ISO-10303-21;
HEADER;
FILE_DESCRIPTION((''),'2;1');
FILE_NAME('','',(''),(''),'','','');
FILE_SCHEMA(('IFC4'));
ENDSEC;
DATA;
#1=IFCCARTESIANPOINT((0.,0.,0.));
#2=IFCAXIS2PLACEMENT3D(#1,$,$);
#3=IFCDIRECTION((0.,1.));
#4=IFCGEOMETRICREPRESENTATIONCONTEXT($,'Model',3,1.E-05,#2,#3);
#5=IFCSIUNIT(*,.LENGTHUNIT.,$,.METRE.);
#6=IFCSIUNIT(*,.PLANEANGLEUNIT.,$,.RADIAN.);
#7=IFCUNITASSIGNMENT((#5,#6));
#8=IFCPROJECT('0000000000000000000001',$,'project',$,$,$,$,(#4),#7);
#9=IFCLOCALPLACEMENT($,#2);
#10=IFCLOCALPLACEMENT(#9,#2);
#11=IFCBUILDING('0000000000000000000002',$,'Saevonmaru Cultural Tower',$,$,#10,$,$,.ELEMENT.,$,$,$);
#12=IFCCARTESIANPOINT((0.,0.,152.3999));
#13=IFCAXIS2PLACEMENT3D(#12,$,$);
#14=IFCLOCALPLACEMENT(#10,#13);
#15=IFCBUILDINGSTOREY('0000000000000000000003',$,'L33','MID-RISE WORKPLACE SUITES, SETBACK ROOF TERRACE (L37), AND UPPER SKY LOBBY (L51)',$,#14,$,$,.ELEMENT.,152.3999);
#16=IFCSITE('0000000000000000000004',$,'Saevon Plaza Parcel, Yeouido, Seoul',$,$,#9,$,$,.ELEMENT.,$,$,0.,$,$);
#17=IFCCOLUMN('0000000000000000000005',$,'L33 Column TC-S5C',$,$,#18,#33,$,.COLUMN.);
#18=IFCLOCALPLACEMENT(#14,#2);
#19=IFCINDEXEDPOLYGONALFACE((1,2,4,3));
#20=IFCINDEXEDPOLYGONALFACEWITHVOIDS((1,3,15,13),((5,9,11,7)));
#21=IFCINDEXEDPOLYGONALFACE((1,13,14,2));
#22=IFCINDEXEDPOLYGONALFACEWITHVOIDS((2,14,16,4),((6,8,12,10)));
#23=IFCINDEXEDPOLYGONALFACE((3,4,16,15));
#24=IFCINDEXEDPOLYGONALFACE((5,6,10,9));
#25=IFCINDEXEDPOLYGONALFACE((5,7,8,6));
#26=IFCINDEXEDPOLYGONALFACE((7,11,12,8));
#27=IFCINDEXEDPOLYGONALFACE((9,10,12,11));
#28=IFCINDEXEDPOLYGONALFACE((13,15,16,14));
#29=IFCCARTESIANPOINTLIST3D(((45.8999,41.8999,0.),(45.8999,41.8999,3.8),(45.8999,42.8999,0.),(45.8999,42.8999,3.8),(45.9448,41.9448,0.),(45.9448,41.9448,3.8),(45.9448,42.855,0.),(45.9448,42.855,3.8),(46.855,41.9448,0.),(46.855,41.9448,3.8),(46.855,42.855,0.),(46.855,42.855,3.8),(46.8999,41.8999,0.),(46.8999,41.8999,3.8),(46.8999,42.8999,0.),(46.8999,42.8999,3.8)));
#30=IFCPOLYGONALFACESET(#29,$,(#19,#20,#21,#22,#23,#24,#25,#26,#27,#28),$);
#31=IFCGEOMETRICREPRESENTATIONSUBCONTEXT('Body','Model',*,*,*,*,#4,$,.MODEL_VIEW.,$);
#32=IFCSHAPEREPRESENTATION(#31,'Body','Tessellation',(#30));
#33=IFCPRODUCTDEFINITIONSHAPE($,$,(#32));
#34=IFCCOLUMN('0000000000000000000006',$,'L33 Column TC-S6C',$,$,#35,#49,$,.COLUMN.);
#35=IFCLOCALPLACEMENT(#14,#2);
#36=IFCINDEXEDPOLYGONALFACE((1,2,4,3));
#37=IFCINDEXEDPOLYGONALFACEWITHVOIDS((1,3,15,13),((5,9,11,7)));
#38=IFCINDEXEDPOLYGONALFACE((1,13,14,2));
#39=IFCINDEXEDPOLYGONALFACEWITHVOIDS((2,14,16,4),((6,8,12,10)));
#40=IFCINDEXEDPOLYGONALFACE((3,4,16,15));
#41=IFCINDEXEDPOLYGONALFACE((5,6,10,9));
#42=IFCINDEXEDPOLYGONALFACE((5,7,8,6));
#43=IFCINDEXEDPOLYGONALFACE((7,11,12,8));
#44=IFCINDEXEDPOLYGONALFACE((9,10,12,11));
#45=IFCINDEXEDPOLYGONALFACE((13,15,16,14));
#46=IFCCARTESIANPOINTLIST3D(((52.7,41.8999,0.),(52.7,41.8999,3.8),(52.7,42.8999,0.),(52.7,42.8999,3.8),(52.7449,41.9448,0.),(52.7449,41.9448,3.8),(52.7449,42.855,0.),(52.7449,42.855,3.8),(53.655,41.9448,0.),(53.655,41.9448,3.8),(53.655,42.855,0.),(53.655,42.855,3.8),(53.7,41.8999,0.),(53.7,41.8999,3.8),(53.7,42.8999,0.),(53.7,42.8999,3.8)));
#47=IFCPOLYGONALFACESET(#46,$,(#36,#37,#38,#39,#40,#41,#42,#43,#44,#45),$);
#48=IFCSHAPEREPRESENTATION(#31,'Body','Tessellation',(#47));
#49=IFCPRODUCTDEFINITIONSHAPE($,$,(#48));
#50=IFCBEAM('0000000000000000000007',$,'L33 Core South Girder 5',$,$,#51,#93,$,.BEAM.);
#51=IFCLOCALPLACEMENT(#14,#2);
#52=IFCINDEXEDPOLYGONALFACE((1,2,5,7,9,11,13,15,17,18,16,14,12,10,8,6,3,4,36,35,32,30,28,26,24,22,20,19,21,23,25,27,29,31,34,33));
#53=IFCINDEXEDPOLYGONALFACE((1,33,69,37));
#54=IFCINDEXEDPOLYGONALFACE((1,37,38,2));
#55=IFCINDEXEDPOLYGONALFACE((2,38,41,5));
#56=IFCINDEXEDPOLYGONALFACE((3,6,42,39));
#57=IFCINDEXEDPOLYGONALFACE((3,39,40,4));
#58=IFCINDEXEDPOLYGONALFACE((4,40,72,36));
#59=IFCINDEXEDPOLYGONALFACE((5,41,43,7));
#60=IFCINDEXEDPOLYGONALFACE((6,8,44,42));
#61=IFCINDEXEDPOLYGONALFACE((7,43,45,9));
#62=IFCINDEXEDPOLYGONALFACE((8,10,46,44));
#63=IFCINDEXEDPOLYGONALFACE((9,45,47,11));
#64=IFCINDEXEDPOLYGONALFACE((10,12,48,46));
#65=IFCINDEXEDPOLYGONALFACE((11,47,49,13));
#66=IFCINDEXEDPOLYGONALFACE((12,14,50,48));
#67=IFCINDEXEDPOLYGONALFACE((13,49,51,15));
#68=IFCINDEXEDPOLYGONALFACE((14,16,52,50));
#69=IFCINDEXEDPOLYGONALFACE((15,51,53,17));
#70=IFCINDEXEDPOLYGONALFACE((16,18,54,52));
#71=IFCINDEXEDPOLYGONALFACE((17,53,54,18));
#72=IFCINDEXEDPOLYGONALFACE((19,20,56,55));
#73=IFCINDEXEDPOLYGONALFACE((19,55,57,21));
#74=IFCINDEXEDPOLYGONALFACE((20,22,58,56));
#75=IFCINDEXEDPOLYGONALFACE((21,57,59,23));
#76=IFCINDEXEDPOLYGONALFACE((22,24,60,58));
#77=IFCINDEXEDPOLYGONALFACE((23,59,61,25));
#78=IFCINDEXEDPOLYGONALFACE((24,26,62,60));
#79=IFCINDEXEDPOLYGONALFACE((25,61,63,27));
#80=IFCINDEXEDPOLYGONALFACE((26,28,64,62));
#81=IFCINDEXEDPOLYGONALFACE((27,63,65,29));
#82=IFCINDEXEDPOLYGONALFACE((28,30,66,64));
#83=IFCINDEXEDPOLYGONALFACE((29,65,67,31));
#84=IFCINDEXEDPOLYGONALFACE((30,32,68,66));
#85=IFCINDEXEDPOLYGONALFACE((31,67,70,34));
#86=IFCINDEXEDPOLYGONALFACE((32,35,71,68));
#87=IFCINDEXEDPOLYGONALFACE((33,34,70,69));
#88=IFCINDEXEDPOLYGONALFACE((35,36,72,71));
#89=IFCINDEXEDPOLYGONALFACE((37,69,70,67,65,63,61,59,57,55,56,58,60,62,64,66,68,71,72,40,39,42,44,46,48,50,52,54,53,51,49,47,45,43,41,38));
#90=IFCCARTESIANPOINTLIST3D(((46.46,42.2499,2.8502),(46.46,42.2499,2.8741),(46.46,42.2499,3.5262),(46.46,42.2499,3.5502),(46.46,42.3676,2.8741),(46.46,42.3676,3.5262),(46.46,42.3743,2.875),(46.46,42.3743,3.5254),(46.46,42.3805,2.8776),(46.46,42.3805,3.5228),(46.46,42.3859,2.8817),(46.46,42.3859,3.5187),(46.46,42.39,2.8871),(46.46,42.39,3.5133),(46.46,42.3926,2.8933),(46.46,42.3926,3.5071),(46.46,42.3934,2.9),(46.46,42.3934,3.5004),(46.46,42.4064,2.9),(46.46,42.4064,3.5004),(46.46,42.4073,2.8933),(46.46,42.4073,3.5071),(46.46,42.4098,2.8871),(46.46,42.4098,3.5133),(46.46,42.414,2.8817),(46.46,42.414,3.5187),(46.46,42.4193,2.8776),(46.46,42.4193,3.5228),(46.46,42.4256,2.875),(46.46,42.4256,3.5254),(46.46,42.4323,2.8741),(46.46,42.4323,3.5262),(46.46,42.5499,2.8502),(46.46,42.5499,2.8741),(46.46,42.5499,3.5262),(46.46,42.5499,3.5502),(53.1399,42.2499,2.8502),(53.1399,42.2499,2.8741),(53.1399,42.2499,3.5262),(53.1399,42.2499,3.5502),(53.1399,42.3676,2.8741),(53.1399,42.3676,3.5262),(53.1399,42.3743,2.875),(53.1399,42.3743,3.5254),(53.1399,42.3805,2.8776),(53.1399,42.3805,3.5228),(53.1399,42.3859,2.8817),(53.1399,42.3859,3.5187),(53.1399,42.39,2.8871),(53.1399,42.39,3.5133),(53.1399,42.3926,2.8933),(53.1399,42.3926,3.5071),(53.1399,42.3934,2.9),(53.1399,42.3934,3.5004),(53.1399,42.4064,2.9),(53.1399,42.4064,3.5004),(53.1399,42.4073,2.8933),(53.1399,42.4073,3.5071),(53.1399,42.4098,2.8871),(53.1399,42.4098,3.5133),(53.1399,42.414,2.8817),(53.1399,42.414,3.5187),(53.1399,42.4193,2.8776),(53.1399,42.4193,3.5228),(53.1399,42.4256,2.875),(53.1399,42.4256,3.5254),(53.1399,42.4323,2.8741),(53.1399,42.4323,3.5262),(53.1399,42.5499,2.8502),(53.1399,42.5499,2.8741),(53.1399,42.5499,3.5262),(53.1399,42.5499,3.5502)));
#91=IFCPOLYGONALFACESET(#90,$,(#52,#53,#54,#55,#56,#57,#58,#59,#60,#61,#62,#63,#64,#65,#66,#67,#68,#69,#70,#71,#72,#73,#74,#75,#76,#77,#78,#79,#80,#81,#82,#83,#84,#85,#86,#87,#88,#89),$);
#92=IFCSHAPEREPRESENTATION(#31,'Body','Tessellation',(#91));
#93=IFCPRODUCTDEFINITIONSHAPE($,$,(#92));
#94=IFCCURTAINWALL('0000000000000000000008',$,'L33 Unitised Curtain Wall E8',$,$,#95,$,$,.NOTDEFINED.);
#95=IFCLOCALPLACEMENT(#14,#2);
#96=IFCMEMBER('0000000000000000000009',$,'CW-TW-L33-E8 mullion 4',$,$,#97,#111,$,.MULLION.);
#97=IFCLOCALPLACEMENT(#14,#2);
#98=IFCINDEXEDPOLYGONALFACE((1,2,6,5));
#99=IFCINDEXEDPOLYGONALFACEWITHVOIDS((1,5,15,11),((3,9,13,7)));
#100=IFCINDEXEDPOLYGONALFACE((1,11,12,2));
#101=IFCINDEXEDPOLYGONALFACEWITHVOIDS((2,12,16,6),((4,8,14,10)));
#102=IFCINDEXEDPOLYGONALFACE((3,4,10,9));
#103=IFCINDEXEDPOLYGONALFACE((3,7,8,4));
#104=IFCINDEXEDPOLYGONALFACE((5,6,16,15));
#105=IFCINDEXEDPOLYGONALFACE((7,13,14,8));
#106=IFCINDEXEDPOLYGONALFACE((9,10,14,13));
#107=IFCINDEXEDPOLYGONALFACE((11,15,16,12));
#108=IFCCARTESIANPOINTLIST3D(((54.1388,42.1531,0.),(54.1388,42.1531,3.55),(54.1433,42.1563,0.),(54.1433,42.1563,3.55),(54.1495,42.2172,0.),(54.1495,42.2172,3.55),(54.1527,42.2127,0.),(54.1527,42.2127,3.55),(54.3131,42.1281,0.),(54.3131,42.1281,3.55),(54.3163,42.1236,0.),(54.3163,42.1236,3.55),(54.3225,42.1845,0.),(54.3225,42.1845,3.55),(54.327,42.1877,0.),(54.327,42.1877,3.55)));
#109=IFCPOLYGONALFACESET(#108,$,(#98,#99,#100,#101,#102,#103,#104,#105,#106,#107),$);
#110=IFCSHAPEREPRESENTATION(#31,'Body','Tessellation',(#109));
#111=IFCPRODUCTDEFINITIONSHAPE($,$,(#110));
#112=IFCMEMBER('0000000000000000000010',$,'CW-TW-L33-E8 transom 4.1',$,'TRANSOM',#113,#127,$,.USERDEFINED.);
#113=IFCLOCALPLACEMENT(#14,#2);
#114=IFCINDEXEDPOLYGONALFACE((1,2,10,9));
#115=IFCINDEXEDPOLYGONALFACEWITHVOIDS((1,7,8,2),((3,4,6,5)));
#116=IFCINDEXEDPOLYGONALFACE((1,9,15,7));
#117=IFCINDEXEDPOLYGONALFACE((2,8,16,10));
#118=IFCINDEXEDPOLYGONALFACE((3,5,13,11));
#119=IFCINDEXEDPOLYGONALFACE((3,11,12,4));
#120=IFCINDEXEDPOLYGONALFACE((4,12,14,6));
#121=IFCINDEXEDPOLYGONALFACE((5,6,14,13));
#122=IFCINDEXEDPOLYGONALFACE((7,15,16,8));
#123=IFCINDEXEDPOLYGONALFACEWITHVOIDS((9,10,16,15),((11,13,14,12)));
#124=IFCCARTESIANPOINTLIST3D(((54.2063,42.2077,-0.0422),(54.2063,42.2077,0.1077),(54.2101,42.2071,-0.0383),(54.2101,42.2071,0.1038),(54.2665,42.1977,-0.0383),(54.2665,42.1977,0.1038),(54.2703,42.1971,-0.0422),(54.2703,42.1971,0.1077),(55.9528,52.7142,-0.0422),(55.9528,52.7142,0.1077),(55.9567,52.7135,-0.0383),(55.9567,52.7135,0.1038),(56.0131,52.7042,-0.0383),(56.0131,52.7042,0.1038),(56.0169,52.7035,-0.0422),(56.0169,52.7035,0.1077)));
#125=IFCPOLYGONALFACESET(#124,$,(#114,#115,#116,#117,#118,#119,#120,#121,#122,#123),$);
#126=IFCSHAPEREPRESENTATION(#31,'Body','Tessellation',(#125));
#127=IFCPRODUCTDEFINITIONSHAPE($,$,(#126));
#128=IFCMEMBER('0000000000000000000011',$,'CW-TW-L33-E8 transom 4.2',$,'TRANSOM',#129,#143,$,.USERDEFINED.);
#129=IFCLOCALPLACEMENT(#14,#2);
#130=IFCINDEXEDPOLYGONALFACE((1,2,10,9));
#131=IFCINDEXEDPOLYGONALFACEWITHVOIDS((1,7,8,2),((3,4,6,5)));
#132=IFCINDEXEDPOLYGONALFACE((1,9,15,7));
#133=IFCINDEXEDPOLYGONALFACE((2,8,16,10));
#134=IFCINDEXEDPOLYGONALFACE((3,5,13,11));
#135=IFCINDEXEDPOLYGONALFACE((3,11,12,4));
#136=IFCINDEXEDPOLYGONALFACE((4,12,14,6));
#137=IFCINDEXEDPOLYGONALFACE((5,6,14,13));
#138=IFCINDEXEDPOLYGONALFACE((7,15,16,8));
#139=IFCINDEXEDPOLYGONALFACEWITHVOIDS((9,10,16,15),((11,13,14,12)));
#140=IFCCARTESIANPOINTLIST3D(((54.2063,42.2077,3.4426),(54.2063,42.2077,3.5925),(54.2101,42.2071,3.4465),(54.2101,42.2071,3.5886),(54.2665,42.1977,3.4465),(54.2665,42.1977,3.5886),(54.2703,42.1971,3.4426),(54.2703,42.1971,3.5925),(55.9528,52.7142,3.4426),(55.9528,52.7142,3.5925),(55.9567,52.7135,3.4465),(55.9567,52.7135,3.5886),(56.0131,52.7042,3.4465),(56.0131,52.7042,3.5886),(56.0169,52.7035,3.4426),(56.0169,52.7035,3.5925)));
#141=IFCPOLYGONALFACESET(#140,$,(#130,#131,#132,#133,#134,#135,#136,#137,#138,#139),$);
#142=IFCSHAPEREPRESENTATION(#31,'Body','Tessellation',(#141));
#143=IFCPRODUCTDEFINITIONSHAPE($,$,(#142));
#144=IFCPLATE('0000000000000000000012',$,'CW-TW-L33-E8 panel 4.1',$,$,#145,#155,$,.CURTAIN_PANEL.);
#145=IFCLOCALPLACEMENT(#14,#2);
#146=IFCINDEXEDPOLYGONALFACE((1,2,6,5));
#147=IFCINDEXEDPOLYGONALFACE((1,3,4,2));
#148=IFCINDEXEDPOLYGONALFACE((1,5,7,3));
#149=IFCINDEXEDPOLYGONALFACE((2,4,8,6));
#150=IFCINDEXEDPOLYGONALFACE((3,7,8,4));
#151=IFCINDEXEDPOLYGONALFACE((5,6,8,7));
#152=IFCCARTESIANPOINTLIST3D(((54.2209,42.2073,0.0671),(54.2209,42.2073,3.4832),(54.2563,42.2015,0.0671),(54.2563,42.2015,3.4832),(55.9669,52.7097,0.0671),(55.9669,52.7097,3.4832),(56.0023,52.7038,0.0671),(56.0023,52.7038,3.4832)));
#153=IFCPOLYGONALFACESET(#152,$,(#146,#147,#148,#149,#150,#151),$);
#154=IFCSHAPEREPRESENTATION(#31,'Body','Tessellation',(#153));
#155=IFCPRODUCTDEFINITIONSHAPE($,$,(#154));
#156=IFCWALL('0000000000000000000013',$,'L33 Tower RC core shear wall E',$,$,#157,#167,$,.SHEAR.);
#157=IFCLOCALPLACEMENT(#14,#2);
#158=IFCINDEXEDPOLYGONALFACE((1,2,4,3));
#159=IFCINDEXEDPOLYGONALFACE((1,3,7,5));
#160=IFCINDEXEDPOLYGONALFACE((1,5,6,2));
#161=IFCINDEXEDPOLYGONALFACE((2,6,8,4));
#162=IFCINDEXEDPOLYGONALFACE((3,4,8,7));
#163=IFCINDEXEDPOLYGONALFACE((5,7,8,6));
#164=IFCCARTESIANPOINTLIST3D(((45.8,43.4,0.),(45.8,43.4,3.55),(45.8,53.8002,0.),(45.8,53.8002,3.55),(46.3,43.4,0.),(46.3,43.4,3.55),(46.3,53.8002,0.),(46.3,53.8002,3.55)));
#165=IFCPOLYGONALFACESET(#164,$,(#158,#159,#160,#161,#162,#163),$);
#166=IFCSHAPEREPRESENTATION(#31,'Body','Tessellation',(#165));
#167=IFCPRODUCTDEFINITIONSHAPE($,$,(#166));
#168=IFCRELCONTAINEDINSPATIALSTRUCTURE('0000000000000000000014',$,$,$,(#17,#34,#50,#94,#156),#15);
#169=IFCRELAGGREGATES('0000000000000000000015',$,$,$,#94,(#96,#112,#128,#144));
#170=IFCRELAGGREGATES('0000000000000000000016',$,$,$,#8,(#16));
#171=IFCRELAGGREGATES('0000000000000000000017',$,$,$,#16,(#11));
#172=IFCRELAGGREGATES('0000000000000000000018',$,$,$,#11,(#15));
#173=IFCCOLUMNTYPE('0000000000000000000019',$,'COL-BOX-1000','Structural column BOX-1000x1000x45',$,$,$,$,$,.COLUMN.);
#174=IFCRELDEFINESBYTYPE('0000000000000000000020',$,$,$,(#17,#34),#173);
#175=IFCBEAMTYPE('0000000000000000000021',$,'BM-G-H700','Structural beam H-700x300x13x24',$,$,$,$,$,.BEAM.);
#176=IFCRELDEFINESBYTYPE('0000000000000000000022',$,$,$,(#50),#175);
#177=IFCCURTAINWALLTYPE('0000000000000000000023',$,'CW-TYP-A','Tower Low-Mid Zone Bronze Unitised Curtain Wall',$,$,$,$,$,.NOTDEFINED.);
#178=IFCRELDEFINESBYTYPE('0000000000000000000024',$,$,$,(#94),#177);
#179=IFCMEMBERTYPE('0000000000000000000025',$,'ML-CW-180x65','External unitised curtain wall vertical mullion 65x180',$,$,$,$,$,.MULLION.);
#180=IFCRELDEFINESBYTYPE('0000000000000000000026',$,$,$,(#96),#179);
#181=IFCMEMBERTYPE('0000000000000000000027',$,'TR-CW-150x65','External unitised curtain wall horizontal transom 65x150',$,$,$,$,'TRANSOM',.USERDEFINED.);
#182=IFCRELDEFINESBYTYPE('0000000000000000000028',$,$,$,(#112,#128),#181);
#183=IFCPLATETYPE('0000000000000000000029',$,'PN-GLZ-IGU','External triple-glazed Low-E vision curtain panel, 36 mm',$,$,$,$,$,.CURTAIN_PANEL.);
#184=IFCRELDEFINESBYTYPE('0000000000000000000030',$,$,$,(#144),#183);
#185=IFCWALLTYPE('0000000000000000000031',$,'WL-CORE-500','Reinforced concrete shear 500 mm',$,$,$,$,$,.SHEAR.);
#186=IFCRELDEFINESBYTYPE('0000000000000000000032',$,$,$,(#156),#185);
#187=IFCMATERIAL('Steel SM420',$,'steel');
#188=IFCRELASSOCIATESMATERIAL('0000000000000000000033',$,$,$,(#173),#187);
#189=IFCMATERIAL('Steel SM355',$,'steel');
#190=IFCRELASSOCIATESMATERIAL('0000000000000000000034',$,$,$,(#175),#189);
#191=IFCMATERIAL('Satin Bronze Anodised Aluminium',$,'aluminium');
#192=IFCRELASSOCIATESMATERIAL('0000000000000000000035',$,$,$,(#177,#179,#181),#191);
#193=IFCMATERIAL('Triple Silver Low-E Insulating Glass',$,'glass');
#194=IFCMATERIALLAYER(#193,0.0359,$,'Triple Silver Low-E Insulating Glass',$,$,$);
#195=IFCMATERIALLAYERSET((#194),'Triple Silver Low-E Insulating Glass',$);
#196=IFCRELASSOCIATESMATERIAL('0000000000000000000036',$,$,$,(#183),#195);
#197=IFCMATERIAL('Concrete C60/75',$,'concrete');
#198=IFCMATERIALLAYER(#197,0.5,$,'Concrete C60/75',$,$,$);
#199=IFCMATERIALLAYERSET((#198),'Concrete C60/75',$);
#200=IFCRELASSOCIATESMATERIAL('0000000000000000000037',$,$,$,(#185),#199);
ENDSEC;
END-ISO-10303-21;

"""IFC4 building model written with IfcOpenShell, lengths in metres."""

from ifc_helpers import new_model, si_unit, direction, frame, frame_2d, origin, origin_2d, place, context, subcontext, project, spatial, rectangle, hollow_rectangle, i_section, extrude, material, layer, layer_set, material_profile, profile_set, type_object, element, aggregate, save


model = new_model("IFC4")

# Units and contexts
model_context = context("Model", 3, precision=1e-05, world=origin(), true_north=direction((0.0, 1.0)))
body_context = subcontext(model_context, "Body", "Model", "MODEL_VIEW")
ifc_project = project(units=[si_unit("LENGTHUNIT", "METRE"), si_unit("PLANEANGLEUNIT", "RADIAN")], contexts=[model_context])

# Site, building, storey
site_placement = place(None, origin())
site = spatial("IfcSite", under=ifc_project, at=site_placement, Name="Saevon Plaza Parcel, Yeouido, Seoul", CompositionType="ELEMENT", RefElevation=0.0)
building_placement = place(site_placement, origin())
building = spatial("IfcBuilding", under=site, at=building_placement, Name="Saevonmaru Cultural Tower", CompositionType="ELEMENT")
storey_placement = place(building_placement, frame((0.0, 0.0, 152.3999)))
storey = spatial("IfcBuildingStorey", under=building, at=storey_placement, Name="L33", Description="MID-RISE WORKPLACE SUITES, SETBACK ROOF TERRACE (L37), AND UPPER SKY LOBBY (L51)", CompositionType="ELEMENT", Elevation=152.3999)

# Columns
ifc_material_1 = material(Name="Steel SM420", Category="steel")
ifc_material_profile_1 = material_profile(ifc_material_1, hollow_rectangle(XDim=1.0, YDim=1.0, WallThickness=0.0449, at=origin_2d()), Name="BOX-1000x1000x45")
ifc_profile_set_1 = profile_set([ifc_material_profile_1], Name="Steel SM420")
column_type = type_object("IfcColumnType", Name="COL-BOX-1000", Description="Structural column BOX-1000x1000x45", PredefinedType="COLUMN", material=ifc_profile_set_1)
for number, where, z_axis, x_axis, name in (
    (1, (46.3999, 42.3999, 0.0), (0.0, 0.0, 1.0), (1.0, 0.0, 0.0), "L33 Column TC-S5C"),
    (2, (53.2, 42.3999, 0.0), (0.0, 0.0, 1.0), (1.0, 0.0, 0.0), "L33 Column TC-S6C"),
):
    element("IfcColumn", number, at=place(storey_placement, frame(where, z_axis=z_axis, x_axis=x_axis)), inside=storey, type_object=column_type, Name=name, PredefinedType="COLUMN", context=body_context, shape_type="SweptSolid", body=[
        extrude(hollow_rectangle(XDim=1.0, YDim=1.0, WallThickness=0.0449, at=origin_2d()), origin(), (0.0, 0.0, 1.0), 3.8),
    ])

# Beam
ifc_material_2 = material(Name="Steel SM355", Category="steel")
ifc_material_profile_2 = material_profile(ifc_material_2, i_section(OverallWidth=0.3, OverallDepth=0.7, WebThickness=0.0129, FlangeThickness=0.0239, FilletRadius=0.0259, at=origin_2d()), Name="H-700x300x13x24")
ifc_profile_set_2 = profile_set([ifc_material_profile_2], Name="Steel SM355")
beam_type = type_object("IfcBeamType", Name="BM-G-H700", Description="Structural beam H-700x300x13x24", PredefinedType="BEAM", material=ifc_profile_set_2)
beam_placement = place(storey_placement, frame((46.46, 42.3999, 3.2002), z_axis=(1.0, 0.0, 0.0), x_axis=(0.0, 1.0, 0.0)))
element("IfcBeam", 3, at=beam_placement, inside=storey, type_object=beam_type, Name="L33 Core South Girder 5", PredefinedType="BEAM", context=body_context, shape_type="SweptSolid", body=[
    extrude(i_section(OverallWidth=0.3, OverallDepth=0.7, WebThickness=0.0129, FlangeThickness=0.0239, FilletRadius=0.0259, at=origin_2d()), origin(), (0.0, 0.0, 1.0), 6.6799),
])

# Curtain wall, members, plate
ifc_material_3 = material(Name="Satin Bronze Anodised Aluminium", Category="aluminium")
curtain_wall_type = type_object("IfcCurtainWallType", Name="CW-TYP-A", Description="Tower Low-Mid Zone Bronze Unitised Curtain Wall", PredefinedType="NOTDEFINED", material=ifc_material_3)
curtain_wall_placement = place(storey_placement, origin())
curtain_wall = element("IfcCurtainWall", 4, at=curtain_wall_placement, inside=storey, type_object=curtain_wall_type, Name="L33 Unitised Curtain Wall E8", PredefinedType="NOTDEFINED")
ifc_material_profile_3 = material_profile(ifc_material_3, hollow_rectangle(XDim=0.0649, YDim=0.1799, WallThickness=0.0039, at=origin_2d()), Name="ALU-MULL-180x65x4")
ifc_profile_set_3 = profile_set([ifc_material_profile_3], Name="Satin Bronze Anodised Aluminium")
member_type_1 = type_object("IfcMemberType", Name="ML-CW-180x65", Description="External unitised curtain wall vertical mullion 65x180", PredefinedType="MULLION", material=ifc_profile_set_3)
member_1_placement = place(storey_placement, frame((54.2329, 42.1704, 0.0), z_axis=(0.0, 0.0, 1.0), x_axis=(0.163999, 0.986461, 0.0)))
member_1 = element("IfcMember", 5, at=member_1_placement, type_object=member_type_1, Name="CW-TW-L33-E8 mullion 4", PredefinedType="MULLION", context=body_context, shape_type="SweptSolid", body=[
    extrude(hollow_rectangle(XDim=0.0649, YDim=0.1799, WallThickness=0.0039, at=origin_2d()), origin(), (0.0, 0.0, 1.0), 3.55),
])
ifc_material_profile_4 = material_profile(ifc_material_3, hollow_rectangle(XDim=0.0649, YDim=0.1499, WallThickness=0.0039, at=origin_2d()), Name="ALU-TRAN-150x65x4")
ifc_profile_set_4 = profile_set([ifc_material_profile_4], Name="Satin Bronze Anodised Aluminium")
member_type_2 = type_object("IfcMemberType", Name="TR-CW-150x65", Description="External unitised curtain wall horizontal transom 65x150", ElementType="TRANSOM", PredefinedType="USERDEFINED", material=ifc_profile_set_4)
member_2_placement = place(storey_placement, frame((54.2383, 42.2024, 0.0327), z_axis=(0.16399, 0.986462, 0.0), x_axis=(-0.986462, 0.16399, 0.0)))
member_2 = element("IfcMember", 6, at=member_2_placement, type_object=member_type_2, Name="CW-TW-L33-E8 transom 4.1", ObjectType="TRANSOM", PredefinedType="USERDEFINED", context=body_context, shape_type="SweptSolid", body=[
    extrude(hollow_rectangle(XDim=0.0649, YDim=0.1499, WallThickness=0.0039, at=origin_2d()), origin(), (0.0, 0.0, 1.0), 10.6506),
])
member_3_placement = place(storey_placement, frame((54.2383, 42.2024, 3.5176), z_axis=(0.16399, 0.986462, 0.0), x_axis=(-0.986462, 0.16399, 0.0)))
member_3 = element("IfcMember", 7, at=member_3_placement, type_object=member_type_2, Name="CW-TW-L33-E8 transom 4.2", ObjectType="TRANSOM", PredefinedType="USERDEFINED", context=body_context, shape_type="SweptSolid", body=[
    extrude(hollow_rectangle(XDim=0.0649, YDim=0.1499, WallThickness=0.0039, at=origin_2d()), origin(), (0.0, 0.0, 1.0), 10.6506),
])
ifc_material_4 = material(Name="Triple Silver Low-E Insulating Glass", Category="glass")
ifc_layer_1 = layer(ifc_material_4, 0.0359, Name="Triple Silver Low-E Insulating Glass")
ifc_layer_set_1 = layer_set([ifc_layer_1], Name="Triple Silver Low-E Insulating Glass")
plate_type = type_object("IfcPlateType", Name="PN-GLZ-IGU", Description="External triple-glazed Low-E vision curtain panel, 36 mm", PredefinedType="CURTAIN_PANEL", material=ifc_layer_set_1)
plate_placement = place(storey_placement, frame((55.1116, 47.4556, 0.0671), z_axis=(0.0, 0.0, 1.0), x_axis=(0.163999, 0.986461, 0.0)))
plate = element("IfcPlate", 8, at=plate_placement, type_object=plate_type, Name="CW-TW-L33-E8 panel 4.1", PredefinedType="CURTAIN_PANEL", context=body_context, shape_type="SweptSolid", body=[
    extrude(rectangle(XDim=10.6465, YDim=0.0359, at=origin_2d()), origin(), (0.0, 0.0, 1.0), 3.416),
])
aggregate(curtain_wall, [member_1, member_2, member_3, plate])

# Wall
ifc_material_5 = material(Name="Concrete C60/75", Category="concrete")
ifc_layer_2 = layer(ifc_material_5, 0.5, Name="Concrete C60/75")
ifc_layer_set_2 = layer_set([ifc_layer_2], Name="Concrete C60/75")
wall_type_1 = type_object("IfcWallType", Name="WL-CORE-500", Description="Reinforced concrete shear 500 mm", PredefinedType="SHEAR", material=ifc_layer_set_2)
wall_1_placement = place(storey_placement, frame((46.05, 43.3999, 0.0), z_axis=(0.0, 0.0, 1.0), x_axis=(0.0, 1.0, 0.0)))
element("IfcWall", 9, at=wall_1_placement, inside=storey, type_object=wall_type_1, Name="L33 Tower RC core shear wall E", PredefinedType="SHEAR", context=body_context, shape_type="SweptSolid", body=[
    extrude(rectangle(XDim=10.4001, YDim=0.5, at=frame_2d((5.2002, 0.0))), origin(), (0.0, 0.0, 1.0), 3.55),
])

save(model, "model.ifc")
